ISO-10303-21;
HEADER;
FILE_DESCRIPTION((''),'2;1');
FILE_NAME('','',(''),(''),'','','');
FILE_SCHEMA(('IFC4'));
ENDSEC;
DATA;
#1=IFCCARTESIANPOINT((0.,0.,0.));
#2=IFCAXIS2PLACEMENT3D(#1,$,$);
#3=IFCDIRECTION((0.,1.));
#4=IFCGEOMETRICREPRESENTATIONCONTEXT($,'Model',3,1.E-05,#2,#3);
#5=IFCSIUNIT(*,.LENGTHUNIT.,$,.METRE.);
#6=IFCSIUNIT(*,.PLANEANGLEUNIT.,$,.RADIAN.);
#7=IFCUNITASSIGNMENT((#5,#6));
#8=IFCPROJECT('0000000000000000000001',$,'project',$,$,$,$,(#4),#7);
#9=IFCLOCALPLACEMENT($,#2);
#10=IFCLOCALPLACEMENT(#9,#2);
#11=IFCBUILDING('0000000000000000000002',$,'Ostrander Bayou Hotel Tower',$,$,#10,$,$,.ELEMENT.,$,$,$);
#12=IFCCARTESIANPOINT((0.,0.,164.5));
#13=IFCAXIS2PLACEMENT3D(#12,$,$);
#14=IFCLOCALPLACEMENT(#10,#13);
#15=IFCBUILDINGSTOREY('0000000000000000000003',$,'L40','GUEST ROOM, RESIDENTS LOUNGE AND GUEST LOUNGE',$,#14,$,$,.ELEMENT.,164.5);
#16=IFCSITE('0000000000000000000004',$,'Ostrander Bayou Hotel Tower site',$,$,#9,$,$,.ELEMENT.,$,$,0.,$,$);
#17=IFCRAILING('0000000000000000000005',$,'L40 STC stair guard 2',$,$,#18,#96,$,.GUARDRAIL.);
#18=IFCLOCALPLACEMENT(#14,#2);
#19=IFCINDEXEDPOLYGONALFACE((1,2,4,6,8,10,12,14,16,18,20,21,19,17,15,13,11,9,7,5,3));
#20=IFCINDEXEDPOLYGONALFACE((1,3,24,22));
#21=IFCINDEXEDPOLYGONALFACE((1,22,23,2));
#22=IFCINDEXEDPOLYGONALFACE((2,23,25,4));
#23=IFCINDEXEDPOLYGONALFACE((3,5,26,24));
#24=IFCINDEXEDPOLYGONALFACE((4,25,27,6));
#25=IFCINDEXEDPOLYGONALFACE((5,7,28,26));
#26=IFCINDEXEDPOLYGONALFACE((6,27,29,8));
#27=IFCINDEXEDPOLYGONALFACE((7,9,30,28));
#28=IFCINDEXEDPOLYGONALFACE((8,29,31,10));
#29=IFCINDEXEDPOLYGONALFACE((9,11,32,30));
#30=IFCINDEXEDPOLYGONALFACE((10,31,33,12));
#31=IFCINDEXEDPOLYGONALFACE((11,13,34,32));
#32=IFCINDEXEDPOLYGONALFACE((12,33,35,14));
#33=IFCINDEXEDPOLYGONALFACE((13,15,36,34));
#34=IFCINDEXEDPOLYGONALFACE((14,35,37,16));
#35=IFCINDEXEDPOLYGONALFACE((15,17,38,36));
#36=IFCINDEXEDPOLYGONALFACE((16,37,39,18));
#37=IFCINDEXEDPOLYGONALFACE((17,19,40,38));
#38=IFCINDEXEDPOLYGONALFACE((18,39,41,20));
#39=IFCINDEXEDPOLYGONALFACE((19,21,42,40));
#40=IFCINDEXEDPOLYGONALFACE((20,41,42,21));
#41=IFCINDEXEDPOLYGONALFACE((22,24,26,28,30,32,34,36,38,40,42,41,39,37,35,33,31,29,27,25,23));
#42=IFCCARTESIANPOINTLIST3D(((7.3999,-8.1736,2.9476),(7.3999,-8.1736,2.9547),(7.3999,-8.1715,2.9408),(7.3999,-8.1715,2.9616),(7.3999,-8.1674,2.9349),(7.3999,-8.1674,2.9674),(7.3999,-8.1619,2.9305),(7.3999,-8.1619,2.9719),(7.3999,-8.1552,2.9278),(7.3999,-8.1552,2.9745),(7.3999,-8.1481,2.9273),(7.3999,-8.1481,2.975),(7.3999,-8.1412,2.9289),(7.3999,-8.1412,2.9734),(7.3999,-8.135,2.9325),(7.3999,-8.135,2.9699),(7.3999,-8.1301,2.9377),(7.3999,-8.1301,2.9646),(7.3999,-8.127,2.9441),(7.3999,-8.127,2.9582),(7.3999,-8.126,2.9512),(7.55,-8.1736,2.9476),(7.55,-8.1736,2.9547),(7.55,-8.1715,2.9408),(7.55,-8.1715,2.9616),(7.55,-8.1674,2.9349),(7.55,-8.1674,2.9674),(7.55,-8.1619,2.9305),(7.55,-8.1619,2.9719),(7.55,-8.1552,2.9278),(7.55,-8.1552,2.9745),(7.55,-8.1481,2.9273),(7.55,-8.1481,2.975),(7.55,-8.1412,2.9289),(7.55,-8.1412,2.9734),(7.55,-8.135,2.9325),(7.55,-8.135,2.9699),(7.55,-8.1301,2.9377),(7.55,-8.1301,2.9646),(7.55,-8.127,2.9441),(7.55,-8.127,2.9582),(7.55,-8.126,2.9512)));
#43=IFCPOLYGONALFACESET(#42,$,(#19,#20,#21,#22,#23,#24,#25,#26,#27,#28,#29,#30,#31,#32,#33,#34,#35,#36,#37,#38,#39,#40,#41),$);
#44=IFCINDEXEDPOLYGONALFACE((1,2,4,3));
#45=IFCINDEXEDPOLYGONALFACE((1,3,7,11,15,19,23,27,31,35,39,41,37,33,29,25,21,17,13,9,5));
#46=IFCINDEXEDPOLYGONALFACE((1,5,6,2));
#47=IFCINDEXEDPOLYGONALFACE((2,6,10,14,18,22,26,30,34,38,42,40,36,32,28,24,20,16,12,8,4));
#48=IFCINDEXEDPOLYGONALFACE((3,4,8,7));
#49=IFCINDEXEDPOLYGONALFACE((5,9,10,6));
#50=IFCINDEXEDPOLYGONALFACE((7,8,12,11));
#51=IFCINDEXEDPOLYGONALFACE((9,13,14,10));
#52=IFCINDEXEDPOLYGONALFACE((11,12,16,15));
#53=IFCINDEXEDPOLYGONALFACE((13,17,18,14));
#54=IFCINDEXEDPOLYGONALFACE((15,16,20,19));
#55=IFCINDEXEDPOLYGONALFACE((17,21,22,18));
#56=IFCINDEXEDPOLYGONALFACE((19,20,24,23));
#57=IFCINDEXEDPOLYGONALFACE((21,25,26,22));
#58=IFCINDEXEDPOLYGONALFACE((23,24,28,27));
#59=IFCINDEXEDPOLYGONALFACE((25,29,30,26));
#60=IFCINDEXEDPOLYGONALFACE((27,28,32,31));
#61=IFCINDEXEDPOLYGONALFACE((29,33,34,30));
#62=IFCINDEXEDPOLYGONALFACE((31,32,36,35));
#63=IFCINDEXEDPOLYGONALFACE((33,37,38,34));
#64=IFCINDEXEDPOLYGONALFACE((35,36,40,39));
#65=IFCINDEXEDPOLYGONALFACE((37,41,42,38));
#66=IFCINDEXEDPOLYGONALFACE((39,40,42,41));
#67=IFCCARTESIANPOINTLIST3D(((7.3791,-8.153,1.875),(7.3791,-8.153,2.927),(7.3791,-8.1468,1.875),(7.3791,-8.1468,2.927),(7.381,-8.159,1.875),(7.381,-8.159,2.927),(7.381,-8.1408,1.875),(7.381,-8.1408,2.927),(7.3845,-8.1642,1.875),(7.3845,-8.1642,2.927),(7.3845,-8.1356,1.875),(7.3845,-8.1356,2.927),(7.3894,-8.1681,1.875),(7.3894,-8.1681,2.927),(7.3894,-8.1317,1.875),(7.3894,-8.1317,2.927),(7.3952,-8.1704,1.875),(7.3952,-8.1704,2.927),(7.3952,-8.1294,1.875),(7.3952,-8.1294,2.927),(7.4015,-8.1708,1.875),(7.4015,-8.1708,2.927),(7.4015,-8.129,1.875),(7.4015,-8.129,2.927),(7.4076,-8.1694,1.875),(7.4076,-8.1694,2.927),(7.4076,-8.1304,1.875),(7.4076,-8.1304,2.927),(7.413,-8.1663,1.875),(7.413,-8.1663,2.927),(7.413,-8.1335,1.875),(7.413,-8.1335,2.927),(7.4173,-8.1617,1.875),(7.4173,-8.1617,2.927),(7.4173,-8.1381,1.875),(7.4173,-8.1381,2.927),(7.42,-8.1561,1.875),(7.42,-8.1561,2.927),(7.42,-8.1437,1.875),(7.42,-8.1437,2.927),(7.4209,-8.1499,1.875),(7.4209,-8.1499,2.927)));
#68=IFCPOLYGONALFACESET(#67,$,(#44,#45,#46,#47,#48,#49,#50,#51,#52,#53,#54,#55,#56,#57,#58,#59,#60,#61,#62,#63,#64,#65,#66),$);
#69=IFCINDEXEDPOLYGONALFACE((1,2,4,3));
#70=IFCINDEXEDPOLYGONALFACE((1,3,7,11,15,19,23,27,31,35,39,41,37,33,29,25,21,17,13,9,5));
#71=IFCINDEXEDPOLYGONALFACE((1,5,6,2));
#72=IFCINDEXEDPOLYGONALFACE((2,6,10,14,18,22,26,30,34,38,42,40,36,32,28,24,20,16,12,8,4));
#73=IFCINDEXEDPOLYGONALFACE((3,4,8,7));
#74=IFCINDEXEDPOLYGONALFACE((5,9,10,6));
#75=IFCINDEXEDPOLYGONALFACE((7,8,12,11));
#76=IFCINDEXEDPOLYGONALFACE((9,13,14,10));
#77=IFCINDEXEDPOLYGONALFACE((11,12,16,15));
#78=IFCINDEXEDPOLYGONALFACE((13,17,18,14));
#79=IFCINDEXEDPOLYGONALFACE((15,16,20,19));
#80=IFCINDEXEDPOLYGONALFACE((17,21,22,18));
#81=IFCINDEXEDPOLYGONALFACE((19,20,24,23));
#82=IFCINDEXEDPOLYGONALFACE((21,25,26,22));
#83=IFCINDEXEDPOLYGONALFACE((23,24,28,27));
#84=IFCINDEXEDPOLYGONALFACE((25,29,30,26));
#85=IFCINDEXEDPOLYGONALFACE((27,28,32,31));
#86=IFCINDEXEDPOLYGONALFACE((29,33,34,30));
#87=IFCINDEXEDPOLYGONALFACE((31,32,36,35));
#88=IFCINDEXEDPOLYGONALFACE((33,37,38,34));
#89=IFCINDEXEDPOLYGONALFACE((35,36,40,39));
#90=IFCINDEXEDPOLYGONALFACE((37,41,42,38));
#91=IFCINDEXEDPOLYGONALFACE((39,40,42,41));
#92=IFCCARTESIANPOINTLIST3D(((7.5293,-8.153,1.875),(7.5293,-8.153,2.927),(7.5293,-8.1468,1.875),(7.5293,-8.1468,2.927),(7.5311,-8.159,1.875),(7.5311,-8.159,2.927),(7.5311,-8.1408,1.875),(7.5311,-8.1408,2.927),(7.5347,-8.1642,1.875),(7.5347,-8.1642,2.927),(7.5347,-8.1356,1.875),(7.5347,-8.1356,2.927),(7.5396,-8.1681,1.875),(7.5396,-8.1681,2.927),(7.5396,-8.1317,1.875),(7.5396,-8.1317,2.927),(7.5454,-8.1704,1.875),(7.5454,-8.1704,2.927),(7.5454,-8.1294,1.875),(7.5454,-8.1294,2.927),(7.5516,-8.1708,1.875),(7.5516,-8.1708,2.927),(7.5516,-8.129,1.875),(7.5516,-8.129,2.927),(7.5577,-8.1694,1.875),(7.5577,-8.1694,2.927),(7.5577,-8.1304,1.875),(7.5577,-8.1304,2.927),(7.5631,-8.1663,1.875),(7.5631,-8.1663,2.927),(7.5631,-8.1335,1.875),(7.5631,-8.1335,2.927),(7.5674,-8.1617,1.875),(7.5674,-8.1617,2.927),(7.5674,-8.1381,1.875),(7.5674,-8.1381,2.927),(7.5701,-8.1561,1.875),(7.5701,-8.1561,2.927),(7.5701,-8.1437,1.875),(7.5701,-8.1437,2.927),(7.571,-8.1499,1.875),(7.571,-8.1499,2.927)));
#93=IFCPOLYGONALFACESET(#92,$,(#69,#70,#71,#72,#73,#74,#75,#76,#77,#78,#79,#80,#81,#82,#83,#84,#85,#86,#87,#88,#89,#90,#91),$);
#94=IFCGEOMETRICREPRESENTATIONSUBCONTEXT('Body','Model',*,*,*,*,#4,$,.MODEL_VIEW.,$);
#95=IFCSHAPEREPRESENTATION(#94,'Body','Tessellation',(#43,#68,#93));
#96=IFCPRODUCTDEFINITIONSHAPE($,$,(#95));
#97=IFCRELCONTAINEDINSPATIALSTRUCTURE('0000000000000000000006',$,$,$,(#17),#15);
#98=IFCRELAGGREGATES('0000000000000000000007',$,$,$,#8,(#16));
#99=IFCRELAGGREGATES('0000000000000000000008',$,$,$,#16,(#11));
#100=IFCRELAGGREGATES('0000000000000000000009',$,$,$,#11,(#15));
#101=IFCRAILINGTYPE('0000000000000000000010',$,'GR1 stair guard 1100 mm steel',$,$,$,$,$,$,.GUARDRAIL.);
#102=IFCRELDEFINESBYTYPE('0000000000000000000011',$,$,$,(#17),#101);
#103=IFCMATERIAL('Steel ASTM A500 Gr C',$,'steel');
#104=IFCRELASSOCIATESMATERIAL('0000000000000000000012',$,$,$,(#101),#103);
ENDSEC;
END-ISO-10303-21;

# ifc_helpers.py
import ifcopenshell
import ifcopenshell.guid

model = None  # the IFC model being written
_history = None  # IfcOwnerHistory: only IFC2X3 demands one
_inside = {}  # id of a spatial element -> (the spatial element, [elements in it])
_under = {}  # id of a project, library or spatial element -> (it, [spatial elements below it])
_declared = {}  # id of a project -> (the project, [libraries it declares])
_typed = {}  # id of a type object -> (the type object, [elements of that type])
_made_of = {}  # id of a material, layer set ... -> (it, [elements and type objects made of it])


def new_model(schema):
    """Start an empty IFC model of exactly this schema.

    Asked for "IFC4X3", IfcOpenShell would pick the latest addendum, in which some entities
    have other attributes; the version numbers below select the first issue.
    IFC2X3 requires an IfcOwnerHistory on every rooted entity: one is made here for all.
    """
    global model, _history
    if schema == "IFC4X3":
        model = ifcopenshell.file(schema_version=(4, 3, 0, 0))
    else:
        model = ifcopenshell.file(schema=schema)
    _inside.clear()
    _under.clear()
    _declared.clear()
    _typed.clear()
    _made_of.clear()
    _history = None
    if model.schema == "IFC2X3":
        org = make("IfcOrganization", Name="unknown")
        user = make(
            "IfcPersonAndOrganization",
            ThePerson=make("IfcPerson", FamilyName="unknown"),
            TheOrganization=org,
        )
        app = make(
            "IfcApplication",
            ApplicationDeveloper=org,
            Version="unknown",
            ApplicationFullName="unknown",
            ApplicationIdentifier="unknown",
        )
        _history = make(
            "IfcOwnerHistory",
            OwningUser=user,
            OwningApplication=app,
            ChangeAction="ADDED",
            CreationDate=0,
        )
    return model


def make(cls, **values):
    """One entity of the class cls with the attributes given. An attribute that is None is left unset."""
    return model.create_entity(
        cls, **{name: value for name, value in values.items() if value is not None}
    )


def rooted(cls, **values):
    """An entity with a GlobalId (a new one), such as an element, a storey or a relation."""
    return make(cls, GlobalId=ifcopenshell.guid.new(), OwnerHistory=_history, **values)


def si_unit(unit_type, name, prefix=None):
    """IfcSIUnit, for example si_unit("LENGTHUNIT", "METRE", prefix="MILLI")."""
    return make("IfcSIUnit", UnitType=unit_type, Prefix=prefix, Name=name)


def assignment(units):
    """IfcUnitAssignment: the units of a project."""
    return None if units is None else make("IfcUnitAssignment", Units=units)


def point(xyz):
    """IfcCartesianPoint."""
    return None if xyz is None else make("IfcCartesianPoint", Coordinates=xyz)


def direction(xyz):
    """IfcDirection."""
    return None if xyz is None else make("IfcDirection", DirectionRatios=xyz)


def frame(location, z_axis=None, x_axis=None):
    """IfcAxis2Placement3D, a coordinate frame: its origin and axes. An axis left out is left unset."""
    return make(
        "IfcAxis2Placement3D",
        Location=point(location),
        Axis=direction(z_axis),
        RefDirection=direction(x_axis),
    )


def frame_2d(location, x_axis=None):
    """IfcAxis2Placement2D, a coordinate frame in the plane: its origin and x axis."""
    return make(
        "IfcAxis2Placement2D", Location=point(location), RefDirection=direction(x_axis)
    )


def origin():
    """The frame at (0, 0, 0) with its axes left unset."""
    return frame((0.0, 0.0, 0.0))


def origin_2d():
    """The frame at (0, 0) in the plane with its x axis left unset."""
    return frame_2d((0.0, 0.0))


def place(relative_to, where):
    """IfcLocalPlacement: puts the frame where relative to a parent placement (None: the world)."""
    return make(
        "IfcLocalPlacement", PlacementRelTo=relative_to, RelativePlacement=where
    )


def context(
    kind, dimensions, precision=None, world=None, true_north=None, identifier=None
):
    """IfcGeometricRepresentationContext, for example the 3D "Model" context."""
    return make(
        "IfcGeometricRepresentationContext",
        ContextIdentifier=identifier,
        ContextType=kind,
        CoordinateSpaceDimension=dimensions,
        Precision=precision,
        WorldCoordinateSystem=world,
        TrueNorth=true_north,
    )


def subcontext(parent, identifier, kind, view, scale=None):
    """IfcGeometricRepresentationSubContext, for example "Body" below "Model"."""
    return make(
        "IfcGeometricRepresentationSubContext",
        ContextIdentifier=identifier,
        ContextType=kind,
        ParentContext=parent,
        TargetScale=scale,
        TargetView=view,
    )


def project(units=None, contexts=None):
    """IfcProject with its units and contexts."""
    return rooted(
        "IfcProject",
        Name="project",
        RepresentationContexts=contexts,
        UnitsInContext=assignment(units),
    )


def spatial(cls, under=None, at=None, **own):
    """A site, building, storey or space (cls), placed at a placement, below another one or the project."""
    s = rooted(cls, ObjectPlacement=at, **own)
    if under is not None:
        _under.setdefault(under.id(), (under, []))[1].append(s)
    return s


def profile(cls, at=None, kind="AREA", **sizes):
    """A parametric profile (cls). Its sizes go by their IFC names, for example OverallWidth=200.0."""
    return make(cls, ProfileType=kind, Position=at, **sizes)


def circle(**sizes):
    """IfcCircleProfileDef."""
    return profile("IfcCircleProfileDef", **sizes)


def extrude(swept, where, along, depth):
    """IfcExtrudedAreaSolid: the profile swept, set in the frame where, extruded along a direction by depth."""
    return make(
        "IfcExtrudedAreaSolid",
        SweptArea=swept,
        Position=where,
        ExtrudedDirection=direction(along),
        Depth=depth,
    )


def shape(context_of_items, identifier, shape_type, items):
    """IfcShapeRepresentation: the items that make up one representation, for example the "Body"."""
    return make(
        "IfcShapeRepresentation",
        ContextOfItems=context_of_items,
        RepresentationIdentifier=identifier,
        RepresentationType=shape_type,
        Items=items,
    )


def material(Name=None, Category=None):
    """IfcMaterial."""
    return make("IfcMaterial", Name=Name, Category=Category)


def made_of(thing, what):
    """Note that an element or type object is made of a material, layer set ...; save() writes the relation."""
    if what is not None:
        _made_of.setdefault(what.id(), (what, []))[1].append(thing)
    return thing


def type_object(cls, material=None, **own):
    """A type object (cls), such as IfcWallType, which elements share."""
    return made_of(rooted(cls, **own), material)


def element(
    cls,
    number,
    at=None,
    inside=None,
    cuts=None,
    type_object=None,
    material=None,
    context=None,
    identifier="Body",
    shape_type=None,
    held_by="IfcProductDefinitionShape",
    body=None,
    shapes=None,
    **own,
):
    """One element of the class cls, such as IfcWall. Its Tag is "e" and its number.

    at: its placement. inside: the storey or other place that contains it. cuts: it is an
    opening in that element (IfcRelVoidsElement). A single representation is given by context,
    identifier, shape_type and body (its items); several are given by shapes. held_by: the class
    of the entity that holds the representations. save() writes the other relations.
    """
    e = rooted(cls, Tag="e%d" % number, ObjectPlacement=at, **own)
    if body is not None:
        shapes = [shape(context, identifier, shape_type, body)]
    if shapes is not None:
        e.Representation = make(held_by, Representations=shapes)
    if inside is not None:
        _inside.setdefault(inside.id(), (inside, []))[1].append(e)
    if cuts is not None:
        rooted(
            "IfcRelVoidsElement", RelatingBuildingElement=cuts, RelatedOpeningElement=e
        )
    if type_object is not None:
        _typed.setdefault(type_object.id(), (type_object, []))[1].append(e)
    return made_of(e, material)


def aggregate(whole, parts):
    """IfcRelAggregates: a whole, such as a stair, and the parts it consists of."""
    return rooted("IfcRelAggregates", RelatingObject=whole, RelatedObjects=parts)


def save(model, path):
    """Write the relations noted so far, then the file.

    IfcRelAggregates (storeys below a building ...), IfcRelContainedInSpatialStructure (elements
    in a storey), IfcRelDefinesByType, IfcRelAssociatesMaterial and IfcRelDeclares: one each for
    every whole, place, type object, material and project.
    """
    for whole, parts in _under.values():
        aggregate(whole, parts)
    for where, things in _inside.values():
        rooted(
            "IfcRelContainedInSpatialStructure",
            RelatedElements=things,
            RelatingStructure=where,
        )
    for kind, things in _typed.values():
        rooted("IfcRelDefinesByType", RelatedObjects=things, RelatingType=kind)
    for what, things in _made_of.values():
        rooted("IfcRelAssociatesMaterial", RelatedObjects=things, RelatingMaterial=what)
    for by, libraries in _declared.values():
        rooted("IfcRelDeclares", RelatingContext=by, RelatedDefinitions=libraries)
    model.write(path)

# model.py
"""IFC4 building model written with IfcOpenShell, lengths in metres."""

from ifc_helpers import new_model, si_unit, direction, frame, origin, origin_2d, place, context, subcontext, project, spatial, circle, extrude, material, type_object, element, save


model = new_model("IFC4")

# Units and contexts
model_context = context("Model", 3, precision=1e-05, world=origin(), true_north=direction((0.0, 1.0)))
body_context = subcontext(model_context, "Body", "Model", "MODEL_VIEW")
ifc_project = project(units=[si_unit("LENGTHUNIT", "METRE"), si_unit("PLANEANGLEUNIT", "RADIAN")], contexts=[model_context])

# Site, building, storey
site_placement = place(None, origin())
site = spatial("IfcSite", under=ifc_project, at=site_placement, Name="Ostrander Bayou Hotel Tower site", CompositionType="ELEMENT", RefElevation=0.0)
building_placement = place(site_placement, origin())
building = spatial("IfcBuilding", under=site, at=building_placement, Name="Ostrander Bayou Hotel Tower", CompositionType="ELEMENT")
storey_placement = place(building_placement, frame((0.0, 0.0, 164.5)))
storey = spatial("IfcBuildingStorey", under=building, at=storey_placement, Name="L40", Description="GUEST ROOM, RESIDENTS LOUNGE AND GUEST LOUNGE", CompositionType="ELEMENT", Elevation=164.5)

# Railing
ifc_material_1 = material(Name="Steel ASTM A500 Gr C", Category="steel")
railing_type_1 = type_object("IfcRailingType", Name="GR1 stair guard 1100 mm steel", PredefinedType="GUARDRAIL", material=ifc_material_1)
railing_1_placement = place(storey_placement, frame((7.3999, -8.1499, 1.875)))
element("IfcRailing", 1, at=railing_1_placement, inside=storey, type_object=railing_type_1, Name="L40 STC stair guard 2", PredefinedType="GUARDRAIL", context=body_context, shape_type="SweptSolid", body=[
    extrude(circle(Radius=0.0239, at=origin_2d()), frame((0.0, 0.0, 1.0762), z_axis=(1.0, 0.0, 0.0), x_axis=(0.0, 1.0, 0.0)), (0.0, 0.0, 1.0), 0.1501),
    extrude(circle(Radius=0.021, at=origin_2d()), origin(), (0.0, 0.0, 1.0), 1.052),
    extrude(circle(Radius=0.021, at=origin_2d()), frame((0.1501, 0.0, 0.0)), (0.0, 0.0, 1.0), 1.052),
])

save(model, "model.ifc")
